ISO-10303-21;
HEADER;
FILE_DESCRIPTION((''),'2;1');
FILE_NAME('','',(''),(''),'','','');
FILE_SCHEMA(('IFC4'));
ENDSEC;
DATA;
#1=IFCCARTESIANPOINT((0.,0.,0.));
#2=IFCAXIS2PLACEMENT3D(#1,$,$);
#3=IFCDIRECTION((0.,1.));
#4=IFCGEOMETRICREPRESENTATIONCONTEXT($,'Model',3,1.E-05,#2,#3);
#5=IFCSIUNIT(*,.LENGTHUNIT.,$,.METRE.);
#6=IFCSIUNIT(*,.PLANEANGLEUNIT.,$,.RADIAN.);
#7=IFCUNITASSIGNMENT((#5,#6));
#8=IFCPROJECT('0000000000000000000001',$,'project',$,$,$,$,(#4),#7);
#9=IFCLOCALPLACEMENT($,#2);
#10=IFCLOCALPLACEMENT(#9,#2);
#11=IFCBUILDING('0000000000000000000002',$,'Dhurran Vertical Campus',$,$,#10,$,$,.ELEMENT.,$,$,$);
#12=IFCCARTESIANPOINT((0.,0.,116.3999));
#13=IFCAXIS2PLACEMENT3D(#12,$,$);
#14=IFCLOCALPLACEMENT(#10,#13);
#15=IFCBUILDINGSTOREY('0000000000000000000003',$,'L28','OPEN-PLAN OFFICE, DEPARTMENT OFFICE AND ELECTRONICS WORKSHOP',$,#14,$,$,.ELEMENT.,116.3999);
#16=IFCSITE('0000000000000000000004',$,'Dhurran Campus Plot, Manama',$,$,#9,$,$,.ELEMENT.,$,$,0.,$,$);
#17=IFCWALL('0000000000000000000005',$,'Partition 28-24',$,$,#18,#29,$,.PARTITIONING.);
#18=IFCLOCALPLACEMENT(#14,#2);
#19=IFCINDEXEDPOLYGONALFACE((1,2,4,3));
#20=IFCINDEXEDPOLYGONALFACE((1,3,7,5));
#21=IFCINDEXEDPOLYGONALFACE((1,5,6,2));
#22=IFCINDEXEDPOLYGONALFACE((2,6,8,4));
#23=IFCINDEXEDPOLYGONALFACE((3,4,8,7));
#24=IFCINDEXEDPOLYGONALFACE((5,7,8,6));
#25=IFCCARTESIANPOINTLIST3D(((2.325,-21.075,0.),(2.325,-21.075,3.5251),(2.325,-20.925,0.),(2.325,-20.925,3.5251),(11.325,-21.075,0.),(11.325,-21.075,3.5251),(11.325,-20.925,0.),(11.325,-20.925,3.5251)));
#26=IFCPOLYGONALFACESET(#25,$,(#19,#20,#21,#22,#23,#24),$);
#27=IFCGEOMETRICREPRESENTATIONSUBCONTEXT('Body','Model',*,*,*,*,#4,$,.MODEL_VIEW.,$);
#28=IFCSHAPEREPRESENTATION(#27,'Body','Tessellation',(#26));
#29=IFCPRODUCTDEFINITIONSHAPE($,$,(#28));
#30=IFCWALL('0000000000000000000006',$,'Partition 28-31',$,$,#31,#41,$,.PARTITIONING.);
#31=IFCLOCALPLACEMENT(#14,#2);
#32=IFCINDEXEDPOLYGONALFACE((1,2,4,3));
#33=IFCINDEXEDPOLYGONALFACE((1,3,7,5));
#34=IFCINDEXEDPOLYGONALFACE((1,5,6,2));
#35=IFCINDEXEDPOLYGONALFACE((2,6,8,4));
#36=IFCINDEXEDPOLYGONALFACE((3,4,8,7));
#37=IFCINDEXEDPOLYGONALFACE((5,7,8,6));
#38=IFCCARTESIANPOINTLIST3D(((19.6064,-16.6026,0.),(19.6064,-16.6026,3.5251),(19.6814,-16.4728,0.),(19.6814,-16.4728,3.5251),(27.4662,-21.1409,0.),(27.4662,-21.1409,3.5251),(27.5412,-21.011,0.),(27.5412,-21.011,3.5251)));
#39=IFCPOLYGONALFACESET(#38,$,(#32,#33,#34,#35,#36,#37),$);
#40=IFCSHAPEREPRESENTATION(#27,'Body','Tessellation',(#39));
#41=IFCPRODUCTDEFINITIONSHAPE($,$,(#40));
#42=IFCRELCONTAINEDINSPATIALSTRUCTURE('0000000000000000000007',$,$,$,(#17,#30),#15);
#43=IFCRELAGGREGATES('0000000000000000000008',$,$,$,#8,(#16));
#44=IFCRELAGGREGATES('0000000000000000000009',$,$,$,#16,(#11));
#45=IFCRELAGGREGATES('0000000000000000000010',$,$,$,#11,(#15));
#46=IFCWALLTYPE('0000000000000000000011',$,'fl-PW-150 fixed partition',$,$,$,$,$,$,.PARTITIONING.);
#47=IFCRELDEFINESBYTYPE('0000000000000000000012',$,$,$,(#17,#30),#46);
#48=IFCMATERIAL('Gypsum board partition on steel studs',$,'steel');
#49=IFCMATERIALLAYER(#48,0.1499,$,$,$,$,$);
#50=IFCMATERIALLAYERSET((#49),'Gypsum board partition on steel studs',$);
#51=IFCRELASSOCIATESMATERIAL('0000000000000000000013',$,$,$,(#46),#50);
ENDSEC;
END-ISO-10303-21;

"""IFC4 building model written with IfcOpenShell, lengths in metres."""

from ifc_helpers import new_model, si_unit, direction, frame, frame_2d, origin, place, context, subcontext, project, spatial, rectangle, extrude, material, layer, layer_set, type_object, element, save


model = new_model("IFC4")

# Units and contexts
model_context = context("Model", 3, precision=1e-05, world=origin(), true_north=direction((0.0, 1.0)))
body_context = subcontext(model_context, "Body", "Model", "MODEL_VIEW")
ifc_project = project(units=[si_unit("LENGTHUNIT", "METRE"), si_unit("PLANEANGLEUNIT", "RADIAN")], contexts=[model_context])

# Site, building, storey
site_placement = place(None, origin())
site = spatial("IfcSite", under=ifc_project, at=site_placement, Name="Dhurran Campus Plot, Manama", CompositionType="ELEMENT", RefElevation=0.0)
building_placement = place(site_placement, origin())
building = spatial("IfcBuilding", under=site, at=building_placement, Name="Dhurran Vertical Campus", CompositionType="ELEMENT")
storey_placement = place(building_placement, frame((0.0, 0.0, 116.3999)))
storey = spatial("IfcBuildingStorey", under=building, at=storey_placement, Name="L28", Description="OPEN-PLAN OFFICE, DEPARTMENT OFFICE AND ELECTRONICS WORKSHOP", CompositionType="ELEMENT", Elevation=116.3999)

# Walls
ifc_material_1 = material(Name="Gypsum board partition on steel studs", Category="steel")
ifc_layer_1 = layer(ifc_material_1, 0.1499)
ifc_layer_set_1 = layer_set([ifc_layer_1], Name="Gypsum board partition on steel studs")
wall_type_1 = type_object("IfcWallType", Name="fl-PW-150 fixed partition", PredefinedType="PARTITIONING", material=ifc_layer_set_1)
wall_1_placement = place(storey_placement, frame((11.325, -21.0, 0.0), z_axis=(0.0, 0.0, 1.0), x_axis=(-1.0, 0.0, 0.0)))
element("IfcWall", 1, at=wall_1_placement, inside=storey, type_object=wall_type_1, Name="Partition 28-24", PredefinedType="PARTITIONING", context=body_context, shape_type="SweptSolid", body=[
    extrude(rectangle(XDim=9.0, YDim=0.1499, at=frame_2d((4.5, 0.0))), origin(), (0.0, 0.0, 1.0), 3.5251),
])
wall_2_placement = place(storey_placement, frame((19.6438, -16.5376, 0.0), z_axis=(0.0, 0.0, 1.0), x_axis=(0.866005, -0.500036, 0.0)))
element("IfcWall", 2, at=wall_2_placement, inside=storey, type_object=wall_type_1, Name="Partition 28-31", PredefinedType="PARTITIONING", context=body_context, shape_type="SweptSolid", body=[
    extrude(rectangle(XDim=9.0759, YDim=0.1499, at=frame_2d((4.5381, 0.0))), origin(), (0.0, 0.0, 1.0), 3.5251),
])

save(model, "model.ifc")
